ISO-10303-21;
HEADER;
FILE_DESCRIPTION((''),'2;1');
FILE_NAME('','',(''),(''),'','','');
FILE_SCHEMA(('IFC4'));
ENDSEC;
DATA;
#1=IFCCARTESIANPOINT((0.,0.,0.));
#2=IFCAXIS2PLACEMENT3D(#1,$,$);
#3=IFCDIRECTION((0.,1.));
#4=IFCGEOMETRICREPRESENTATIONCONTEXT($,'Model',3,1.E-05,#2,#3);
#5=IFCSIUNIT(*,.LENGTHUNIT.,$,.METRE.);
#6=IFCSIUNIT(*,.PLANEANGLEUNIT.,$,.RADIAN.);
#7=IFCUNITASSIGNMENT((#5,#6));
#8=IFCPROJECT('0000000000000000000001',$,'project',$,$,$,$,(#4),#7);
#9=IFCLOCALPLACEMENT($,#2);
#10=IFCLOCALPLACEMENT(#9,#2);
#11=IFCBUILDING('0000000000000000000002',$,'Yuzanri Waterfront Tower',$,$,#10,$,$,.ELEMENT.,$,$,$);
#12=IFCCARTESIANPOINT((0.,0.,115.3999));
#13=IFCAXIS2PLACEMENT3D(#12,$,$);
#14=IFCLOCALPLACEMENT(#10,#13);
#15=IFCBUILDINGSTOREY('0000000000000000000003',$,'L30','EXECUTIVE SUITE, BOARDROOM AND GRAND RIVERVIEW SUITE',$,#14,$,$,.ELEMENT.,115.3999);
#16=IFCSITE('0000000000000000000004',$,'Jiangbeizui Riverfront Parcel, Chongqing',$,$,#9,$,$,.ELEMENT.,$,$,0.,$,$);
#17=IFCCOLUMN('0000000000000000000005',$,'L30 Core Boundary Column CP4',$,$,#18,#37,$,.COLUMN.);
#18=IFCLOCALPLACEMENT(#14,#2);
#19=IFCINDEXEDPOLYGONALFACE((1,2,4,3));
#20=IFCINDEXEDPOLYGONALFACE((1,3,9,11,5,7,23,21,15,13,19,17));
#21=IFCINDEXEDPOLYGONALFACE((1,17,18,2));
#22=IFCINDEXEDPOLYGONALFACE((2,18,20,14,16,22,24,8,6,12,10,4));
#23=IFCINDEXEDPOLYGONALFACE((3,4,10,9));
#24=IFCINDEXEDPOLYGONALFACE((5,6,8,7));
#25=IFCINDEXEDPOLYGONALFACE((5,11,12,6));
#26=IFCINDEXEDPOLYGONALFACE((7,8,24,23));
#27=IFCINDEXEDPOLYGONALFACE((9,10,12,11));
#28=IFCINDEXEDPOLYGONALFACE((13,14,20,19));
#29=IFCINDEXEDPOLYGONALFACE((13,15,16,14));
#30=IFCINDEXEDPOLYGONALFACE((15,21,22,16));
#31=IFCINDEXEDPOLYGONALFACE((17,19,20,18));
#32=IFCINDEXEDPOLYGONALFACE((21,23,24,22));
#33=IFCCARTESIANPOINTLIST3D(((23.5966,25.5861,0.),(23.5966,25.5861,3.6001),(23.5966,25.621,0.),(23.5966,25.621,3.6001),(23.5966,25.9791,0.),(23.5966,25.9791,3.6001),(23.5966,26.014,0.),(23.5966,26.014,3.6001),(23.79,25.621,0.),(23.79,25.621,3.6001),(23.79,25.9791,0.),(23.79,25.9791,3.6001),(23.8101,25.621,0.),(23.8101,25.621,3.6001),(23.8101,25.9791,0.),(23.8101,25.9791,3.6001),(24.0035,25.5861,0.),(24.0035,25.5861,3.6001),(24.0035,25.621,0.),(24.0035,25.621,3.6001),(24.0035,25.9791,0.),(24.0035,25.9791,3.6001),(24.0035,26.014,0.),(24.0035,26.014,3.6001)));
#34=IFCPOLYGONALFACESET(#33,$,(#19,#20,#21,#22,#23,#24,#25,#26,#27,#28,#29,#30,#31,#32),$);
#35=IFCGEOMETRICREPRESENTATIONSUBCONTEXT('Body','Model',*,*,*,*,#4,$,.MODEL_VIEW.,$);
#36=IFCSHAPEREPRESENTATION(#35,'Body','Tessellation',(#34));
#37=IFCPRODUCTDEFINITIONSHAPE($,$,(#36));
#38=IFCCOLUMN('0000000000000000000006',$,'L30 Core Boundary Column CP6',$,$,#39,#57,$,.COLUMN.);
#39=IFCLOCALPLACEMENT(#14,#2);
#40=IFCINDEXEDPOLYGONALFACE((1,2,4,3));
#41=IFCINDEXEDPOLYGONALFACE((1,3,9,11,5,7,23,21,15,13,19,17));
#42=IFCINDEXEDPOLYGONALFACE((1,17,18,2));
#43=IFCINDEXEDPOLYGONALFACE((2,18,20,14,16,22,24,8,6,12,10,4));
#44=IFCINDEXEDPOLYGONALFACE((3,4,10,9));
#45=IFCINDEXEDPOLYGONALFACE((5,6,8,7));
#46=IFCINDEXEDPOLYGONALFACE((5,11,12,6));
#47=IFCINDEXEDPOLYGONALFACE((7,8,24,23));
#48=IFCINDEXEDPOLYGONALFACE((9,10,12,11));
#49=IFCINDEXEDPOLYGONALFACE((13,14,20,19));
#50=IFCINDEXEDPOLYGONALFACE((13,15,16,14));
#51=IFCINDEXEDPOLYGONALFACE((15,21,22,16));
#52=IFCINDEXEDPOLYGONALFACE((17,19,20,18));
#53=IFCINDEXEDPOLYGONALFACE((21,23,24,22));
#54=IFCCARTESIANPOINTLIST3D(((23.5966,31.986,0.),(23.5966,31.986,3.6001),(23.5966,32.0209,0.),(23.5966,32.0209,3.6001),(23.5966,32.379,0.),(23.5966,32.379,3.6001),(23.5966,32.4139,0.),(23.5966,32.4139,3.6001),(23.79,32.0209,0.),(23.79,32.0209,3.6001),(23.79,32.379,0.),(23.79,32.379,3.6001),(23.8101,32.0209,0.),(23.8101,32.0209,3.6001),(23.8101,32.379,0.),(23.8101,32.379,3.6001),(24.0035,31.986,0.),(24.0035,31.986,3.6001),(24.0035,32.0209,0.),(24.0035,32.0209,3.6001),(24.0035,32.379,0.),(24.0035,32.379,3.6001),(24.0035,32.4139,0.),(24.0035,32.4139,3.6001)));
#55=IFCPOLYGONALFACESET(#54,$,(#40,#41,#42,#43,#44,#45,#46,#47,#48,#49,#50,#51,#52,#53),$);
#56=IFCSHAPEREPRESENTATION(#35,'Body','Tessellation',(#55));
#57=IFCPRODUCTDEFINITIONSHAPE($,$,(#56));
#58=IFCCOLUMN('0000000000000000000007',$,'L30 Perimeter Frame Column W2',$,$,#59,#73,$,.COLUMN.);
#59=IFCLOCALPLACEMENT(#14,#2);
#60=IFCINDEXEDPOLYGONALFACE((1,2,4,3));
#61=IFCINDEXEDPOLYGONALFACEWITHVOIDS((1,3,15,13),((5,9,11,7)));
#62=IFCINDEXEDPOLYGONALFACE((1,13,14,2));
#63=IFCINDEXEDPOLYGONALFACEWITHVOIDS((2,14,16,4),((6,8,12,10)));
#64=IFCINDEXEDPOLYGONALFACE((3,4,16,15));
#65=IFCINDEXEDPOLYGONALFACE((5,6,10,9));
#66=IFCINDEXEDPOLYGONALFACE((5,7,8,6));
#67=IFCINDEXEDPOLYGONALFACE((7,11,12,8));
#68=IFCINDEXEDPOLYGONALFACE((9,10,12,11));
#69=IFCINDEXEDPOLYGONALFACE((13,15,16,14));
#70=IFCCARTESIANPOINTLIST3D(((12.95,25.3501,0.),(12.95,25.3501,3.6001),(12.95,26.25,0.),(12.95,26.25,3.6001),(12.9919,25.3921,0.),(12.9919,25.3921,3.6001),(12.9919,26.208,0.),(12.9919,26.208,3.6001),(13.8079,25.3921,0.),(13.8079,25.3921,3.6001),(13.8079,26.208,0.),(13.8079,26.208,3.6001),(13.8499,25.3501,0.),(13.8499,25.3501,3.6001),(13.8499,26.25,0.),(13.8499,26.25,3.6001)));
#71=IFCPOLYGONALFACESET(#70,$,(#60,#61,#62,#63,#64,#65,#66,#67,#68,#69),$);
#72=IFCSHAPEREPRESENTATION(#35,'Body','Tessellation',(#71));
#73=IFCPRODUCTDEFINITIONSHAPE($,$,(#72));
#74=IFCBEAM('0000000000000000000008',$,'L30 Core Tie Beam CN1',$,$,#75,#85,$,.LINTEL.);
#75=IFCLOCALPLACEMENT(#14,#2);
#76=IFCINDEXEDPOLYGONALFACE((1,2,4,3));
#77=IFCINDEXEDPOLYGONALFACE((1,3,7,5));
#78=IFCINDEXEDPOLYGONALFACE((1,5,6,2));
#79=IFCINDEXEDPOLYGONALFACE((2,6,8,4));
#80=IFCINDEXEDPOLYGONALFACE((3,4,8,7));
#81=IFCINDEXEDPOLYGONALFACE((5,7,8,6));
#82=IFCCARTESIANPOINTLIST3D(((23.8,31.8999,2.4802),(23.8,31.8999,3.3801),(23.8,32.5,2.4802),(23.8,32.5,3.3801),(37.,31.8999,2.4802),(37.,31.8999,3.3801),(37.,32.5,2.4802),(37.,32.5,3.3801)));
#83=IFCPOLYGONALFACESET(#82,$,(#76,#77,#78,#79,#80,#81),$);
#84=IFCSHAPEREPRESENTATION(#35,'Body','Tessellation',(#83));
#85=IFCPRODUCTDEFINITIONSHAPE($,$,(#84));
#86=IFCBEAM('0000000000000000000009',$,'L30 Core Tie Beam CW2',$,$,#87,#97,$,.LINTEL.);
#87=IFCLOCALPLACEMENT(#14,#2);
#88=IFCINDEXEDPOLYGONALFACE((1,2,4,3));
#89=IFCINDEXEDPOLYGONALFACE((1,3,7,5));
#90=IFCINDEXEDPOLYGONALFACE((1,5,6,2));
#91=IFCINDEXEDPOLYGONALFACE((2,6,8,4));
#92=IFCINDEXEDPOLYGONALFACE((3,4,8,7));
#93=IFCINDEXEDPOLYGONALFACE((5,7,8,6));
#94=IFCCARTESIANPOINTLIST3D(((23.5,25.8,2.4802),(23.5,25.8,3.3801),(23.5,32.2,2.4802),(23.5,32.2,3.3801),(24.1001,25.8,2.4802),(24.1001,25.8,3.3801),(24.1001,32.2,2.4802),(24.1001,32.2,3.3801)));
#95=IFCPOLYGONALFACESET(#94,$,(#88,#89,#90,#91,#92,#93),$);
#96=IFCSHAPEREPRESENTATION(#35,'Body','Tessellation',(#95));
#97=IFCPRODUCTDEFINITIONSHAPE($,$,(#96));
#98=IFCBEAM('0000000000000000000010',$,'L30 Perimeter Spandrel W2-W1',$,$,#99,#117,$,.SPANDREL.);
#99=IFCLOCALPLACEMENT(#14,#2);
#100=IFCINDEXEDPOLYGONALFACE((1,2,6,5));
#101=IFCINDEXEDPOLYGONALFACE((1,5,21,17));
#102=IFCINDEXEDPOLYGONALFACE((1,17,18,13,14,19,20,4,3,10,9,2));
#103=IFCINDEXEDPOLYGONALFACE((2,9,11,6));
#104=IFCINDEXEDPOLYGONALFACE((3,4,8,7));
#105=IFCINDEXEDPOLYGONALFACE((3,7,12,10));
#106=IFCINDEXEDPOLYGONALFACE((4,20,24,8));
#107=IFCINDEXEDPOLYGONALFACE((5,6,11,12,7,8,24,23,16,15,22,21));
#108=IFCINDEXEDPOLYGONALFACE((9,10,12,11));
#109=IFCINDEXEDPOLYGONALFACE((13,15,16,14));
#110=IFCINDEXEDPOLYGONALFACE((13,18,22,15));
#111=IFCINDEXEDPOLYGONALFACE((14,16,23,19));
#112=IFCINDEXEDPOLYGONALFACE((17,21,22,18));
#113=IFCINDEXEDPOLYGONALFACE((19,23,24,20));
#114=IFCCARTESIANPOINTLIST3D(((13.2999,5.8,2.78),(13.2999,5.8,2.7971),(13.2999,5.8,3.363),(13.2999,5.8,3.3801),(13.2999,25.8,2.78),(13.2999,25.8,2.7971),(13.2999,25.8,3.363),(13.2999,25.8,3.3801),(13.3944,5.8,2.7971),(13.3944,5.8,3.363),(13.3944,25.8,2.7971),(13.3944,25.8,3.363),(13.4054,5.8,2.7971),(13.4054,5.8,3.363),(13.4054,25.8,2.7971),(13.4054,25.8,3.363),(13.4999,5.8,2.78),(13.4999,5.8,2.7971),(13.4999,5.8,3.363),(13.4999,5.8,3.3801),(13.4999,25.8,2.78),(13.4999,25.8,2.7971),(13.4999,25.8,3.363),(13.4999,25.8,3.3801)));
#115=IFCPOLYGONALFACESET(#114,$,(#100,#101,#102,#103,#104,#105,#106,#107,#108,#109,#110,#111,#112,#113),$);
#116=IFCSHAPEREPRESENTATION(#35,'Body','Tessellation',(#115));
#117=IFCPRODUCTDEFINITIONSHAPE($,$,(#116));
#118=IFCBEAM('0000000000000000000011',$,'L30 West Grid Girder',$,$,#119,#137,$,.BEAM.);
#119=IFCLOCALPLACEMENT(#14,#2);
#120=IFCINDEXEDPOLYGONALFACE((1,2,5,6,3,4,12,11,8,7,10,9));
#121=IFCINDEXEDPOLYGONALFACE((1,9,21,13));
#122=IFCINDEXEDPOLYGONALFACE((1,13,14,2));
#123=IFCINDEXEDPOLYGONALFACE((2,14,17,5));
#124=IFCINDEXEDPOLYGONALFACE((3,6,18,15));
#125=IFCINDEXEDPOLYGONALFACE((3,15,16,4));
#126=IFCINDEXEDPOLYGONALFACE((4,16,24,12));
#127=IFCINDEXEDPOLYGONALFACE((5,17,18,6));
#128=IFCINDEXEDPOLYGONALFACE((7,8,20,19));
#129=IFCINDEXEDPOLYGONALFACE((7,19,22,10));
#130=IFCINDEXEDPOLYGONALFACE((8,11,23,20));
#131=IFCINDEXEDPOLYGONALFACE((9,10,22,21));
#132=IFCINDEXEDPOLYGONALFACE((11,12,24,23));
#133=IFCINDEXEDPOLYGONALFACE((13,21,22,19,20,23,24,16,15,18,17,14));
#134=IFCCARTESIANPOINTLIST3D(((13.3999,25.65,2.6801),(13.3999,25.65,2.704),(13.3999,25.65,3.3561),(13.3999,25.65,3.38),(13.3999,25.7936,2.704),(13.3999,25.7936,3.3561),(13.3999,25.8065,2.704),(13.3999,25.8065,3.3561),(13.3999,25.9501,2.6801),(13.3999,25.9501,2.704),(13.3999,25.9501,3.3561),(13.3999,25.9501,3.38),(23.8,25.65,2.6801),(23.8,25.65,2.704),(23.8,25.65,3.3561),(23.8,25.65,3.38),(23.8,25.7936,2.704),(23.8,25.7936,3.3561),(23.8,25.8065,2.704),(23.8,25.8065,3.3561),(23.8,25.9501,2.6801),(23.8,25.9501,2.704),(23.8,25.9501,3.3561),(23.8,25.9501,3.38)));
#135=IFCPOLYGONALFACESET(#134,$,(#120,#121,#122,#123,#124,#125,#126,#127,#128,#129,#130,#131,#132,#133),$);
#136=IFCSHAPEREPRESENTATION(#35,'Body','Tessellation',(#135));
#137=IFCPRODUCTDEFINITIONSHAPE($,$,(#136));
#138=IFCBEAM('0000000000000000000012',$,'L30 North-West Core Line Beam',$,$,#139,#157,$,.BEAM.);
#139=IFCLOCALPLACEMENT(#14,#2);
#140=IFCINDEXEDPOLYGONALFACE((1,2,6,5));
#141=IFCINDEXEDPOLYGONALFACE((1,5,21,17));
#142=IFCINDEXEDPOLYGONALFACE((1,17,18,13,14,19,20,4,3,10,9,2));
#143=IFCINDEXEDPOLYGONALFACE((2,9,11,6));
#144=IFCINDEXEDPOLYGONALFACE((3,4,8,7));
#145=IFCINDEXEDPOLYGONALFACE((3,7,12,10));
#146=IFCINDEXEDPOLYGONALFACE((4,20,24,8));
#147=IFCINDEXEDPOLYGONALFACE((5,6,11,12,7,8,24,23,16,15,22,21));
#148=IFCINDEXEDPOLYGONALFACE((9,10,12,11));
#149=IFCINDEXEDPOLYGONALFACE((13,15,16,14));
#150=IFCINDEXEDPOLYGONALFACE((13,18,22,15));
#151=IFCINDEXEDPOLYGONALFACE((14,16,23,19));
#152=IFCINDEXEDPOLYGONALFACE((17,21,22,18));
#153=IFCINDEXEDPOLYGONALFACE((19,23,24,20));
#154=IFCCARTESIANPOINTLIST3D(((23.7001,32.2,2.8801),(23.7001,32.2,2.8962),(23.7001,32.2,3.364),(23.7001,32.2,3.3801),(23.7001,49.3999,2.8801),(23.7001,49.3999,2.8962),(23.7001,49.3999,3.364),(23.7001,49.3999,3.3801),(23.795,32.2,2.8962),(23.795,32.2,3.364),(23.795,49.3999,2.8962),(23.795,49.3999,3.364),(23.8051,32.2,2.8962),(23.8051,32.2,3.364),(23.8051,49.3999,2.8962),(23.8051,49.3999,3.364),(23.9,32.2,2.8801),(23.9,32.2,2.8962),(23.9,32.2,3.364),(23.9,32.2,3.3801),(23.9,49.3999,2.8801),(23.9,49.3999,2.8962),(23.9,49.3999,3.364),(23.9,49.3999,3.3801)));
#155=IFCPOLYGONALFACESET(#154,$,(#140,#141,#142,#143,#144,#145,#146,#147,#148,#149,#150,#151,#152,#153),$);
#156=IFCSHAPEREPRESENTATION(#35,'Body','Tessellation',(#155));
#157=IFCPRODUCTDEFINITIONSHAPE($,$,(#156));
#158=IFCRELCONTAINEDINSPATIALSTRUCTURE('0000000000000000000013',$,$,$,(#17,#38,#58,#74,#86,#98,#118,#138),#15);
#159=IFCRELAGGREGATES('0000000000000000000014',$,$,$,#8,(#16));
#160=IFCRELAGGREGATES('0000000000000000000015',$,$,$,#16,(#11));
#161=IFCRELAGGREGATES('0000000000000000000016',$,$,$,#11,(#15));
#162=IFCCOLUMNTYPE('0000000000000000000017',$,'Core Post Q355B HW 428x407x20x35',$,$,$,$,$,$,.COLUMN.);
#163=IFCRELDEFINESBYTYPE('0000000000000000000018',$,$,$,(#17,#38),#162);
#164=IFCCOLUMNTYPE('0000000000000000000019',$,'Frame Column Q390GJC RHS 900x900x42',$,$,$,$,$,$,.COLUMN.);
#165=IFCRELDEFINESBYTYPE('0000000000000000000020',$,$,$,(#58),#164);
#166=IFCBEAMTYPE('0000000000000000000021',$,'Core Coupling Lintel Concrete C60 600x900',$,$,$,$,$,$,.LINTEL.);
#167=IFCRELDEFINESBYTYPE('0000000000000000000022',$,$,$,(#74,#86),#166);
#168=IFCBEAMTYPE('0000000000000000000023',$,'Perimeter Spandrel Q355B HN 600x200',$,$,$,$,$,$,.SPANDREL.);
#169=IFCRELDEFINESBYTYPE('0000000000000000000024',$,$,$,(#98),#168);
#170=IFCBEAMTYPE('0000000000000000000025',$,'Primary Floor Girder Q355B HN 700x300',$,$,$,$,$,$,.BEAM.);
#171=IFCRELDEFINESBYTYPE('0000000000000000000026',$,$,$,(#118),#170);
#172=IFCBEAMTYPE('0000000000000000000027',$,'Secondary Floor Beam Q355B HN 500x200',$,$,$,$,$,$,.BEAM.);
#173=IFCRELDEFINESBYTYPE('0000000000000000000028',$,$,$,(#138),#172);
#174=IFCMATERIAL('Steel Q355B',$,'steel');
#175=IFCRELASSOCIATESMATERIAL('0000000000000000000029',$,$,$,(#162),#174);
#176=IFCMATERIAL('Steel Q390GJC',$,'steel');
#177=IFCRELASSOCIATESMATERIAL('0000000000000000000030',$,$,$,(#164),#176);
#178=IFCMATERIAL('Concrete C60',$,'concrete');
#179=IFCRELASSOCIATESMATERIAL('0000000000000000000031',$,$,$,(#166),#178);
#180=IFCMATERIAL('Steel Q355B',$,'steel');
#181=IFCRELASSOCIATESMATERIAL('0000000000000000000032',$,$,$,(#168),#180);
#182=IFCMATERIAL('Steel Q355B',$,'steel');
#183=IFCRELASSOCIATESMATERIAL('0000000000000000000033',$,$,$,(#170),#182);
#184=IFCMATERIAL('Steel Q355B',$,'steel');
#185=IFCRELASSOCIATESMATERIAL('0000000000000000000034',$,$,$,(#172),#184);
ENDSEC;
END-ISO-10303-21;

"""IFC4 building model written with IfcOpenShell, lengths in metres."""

from ifc_helpers import new_model, si_unit, direction, frame, origin, origin_2d, place, context, subcontext, project, spatial, rectangle, hollow_rectangle, i_section, extrude, source, transform, mapped, material, material_profile, profile_set, type_object, element, save


model = new_model("IFC4")

# Units and contexts
model_context = context("Model", 3, precision=1e-05, world=origin(), true_north=direction((0.0, 1.0)))
body_context = subcontext(model_context, "Body", "Model", "MODEL_VIEW")
ifc_project = project(units=[si_unit("LENGTHUNIT", "METRE"), si_unit("PLANEANGLEUNIT", "RADIAN")], contexts=[model_context])

# Site, building, storey
site_placement = place(None, origin())
site = spatial("IfcSite", under=ifc_project, at=site_placement, Name="Jiangbeizui Riverfront Parcel, Chongqing", CompositionType="ELEMENT", RefElevation=0.0)
building_placement = place(site_placement, origin())
building = spatial("IfcBuilding", under=site, at=building_placement, Name="Yuzanri Waterfront Tower", CompositionType="ELEMENT")
storey_placement = place(building_placement, frame((0.0, 0.0, 115.3999)))
storey = spatial("IfcBuildingStorey", under=building, at=storey_placement, Name="L30", Description="EXECUTIVE SUITE, BOARDROOM AND GRAND RIVERVIEW SUITE", CompositionType="ELEMENT", Elevation=115.3999)

# Columns
ifc_material_1 = material(Name="Steel Q355B", Category="steel")
ifc_material_profile_1 = material_profile(ifc_material_1, i_section(OverallWidth=0.407, OverallDepth=0.428, WebThickness=0.02, FlangeThickness=0.0349, at=origin_2d()), Name="HW 428x407x20x35")
ifc_profile_set_1 = profile_set([ifc_material_profile_1], Name="Steel Q355B")
column_type_1 = type_object("IfcColumnType", Name="Core Post Q355B HW 428x407x20x35", PredefinedType="COLUMN", material=ifc_profile_set_1)
shared_shape_1 = source(origin(), body_context, "Body", "SweptSolid", [
    extrude(i_section(OverallWidth=0.407, OverallDepth=0.428, WebThickness=0.02, FlangeThickness=0.0349, at=origin_2d()), origin(), (0.0, 0.0, 1.0), 3.6001),
])
for number, where, z_axis, x_axis, name in (
    (1, (23.8, 25.8, 0.0), (0.0, 0.0, 1.0), (1.0, 0.0, 0.0), "L30 Core Boundary Column CP4"),
    (2, (23.8, 32.2, 0.0), (0.0, 0.0, 1.0), (1.0, 0.0, 0.0), "L30 Core Boundary Column CP6"),
):
    element("IfcColumn", number, at=place(storey_placement, frame(where, z_axis=z_axis, x_axis=x_axis)), inside=storey, type_object=column_type_1, Name=name, PredefinedType="COLUMN", context=body_context, shape_type="MappedRepresentation", body=[
        mapped(shared_shape_1, transform((0.0, 0.0, 0.0), scale=1.0)),
    ])
ifc_material_2 = material(Name="Steel Q390GJC", Category="steel")
ifc_material_profile_2 = material_profile(ifc_material_2, hollow_rectangle(XDim=0.8999, YDim=0.8999, WallThickness=0.042, at=origin_2d()), Name="RHS 900x900x42")
ifc_profile_set_2 = profile_set([ifc_material_profile_2], Name="Steel Q390GJC")
column_type_2 = type_object("IfcColumnType", Name="Frame Column Q390GJC RHS 900x900x42", PredefinedType="COLUMN", material=ifc_profile_set_2)
shared_shape_2 = source(origin(), body_context, "Body", "SweptSolid", [
    extrude(hollow_rectangle(XDim=0.8999, YDim=0.8999, WallThickness=0.042, at=origin_2d()), origin(), (0.0, 0.0, 1.0), 3.6001),
])
column_placement = place(storey_placement, frame((13.3999, 25.8, 0.0), z_axis=(0.0, 0.0, 1.0), x_axis=(1.0, 0.0, 0.0)))
element("IfcColumn", 3, at=column_placement, inside=storey, type_object=column_type_2, Name="L30 Perimeter Frame Column W2", PredefinedType="COLUMN", context=body_context, shape_type="MappedRepresentation", body=[
    mapped(shared_shape_2, transform((0.0, 0.0, 0.0), scale=1.0)),
])

# Beams
ifc_material_3 = material(Name="Concrete C60", Category="concrete")
ifc_material_profile_3 = material_profile(ifc_material_3, rectangle(XDim=0.6001, YDim=0.8999, at=origin_2d()), Name="RC 600x900")
ifc_profile_set_3 = profile_set([ifc_material_profile_3], Name="Concrete C60")
beam_type_1 = type_object("IfcBeamType", Name="Core Coupling Lintel Concrete C60 600x900", PredefinedType="LINTEL", material=ifc_profile_set_3)
shared_shape_3 = source(origin(), body_context, "Body", "SweptSolid", [
    extrude(rectangle(XDim=0.6001, YDim=0.8999, at=origin_2d()), origin(), (0.0, 0.0, 1.0), 13.2),
])
beam_1_placement = place(storey_placement, frame((23.8, 32.2, 2.9302), z_axis=(1.0, 0.0, 0.0), x_axis=(0.0, 1.0, 0.0)))
element("IfcBeam", 4, at=beam_1_placement, inside=storey, type_object=beam_type_1, Name="L30 Core Tie Beam CN1", PredefinedType="LINTEL", context=body_context, shape_type="MappedRepresentation", body=[
    mapped(shared_shape_3, transform((0.0, 0.0, 0.0), scale=1.0)),
])
shared_shape_4 = source(origin(), body_context, "Body", "SweptSolid", [
    extrude(rectangle(XDim=0.6001, YDim=0.8999, at=origin_2d()), origin(), (0.0, 0.0, 1.0), 6.3999),
])
beam_2_placement = place(storey_placement, frame((23.8, 25.8, 2.9302), z_axis=(0.0, 1.0, 0.0), x_axis=(-1.0, 0.0, 0.0)))
element("IfcBeam", 5, at=beam_2_placement, inside=storey, type_object=beam_type_1, Name="L30 Core Tie Beam CW2", PredefinedType="LINTEL", context=body_context, shape_type="MappedRepresentation", body=[
    mapped(shared_shape_4, transform((0.0, 0.0, 0.0), scale=1.0)),
])
ifc_material_4 = material(Name="Steel Q355B", Category="steel")
ifc_material_profile_4 = material_profile(ifc_material_4, i_section(OverallWidth=0.2, OverallDepth=0.6001, WebThickness=0.011, FlangeThickness=0.0171, at=origin_2d()), Name="HN 600x200x11x17")
ifc_profile_set_4 = profile_set([ifc_material_profile_4], Name="Steel Q355B")
beam_type_2 = type_object("IfcBeamType", Name="Perimeter Spandrel Q355B HN 600x200", PredefinedType="SPANDREL", material=ifc_profile_set_4)
shared_shape_5 = source(origin(), body_context, "Body", "SweptSolid", [
    extrude(i_section(OverallWidth=0.2, OverallDepth=0.6001, WebThickness=0.011, FlangeThickness=0.0171, at=origin_2d()), origin(), (0.0, 0.0, 1.0), 20.0),
])
beam_3_placement = place(storey_placement, frame((13.3999, 25.8, 3.0801), z_axis=(0.0, -1.0, 0.0), x_axis=(1.0, 0.0, 0.0)))
element("IfcBeam", 6, at=beam_3_placement, inside=storey, type_object=beam_type_2, Name="L30 Perimeter Spandrel W2-W1", PredefinedType="SPANDREL", context=body_context, shape_type="MappedRepresentation", body=[
    mapped(shared_shape_5, transform((0.0, 0.0, 0.0), scale=1.0)),
])
ifc_material_5 = material(Name="Steel Q355B", Category="steel")
ifc_material_profile_5 = material_profile(ifc_material_5, i_section(OverallWidth=0.3, OverallDepth=0.7, WebThickness=0.0129, FlangeThickness=0.0239, at=origin_2d()), Name="HN 700x300x13x24")
ifc_profile_set_5 = profile_set([ifc_material_profile_5], Name="Steel Q355B")
beam_type_3 = type_object("IfcBeamType", Name="Primary Floor Girder Q355B HN 700x300", PredefinedType="BEAM", material=ifc_profile_set_5)
shared_shape_6 = source(origin(), body_context, "Body", "SweptSolid", [
    extrude(i_section(OverallWidth=0.3, OverallDepth=0.7, WebThickness=0.0129, FlangeThickness=0.0239, at=origin_2d()), origin(), (0.0, 0.0, 1.0), 10.4001),
])
beam_4_placement = place(storey_placement, frame((23.8, 25.8, 3.03), z_axis=(-1.0, 0.0, 0.0), x_axis=(0.0, -1.0, 0.0)))
element("IfcBeam", 7, at=beam_4_placement, inside=storey, type_object=beam_type_3, Name="L30 West Grid Girder", PredefinedType="BEAM", context=body_context, shape_type="MappedRepresentation", body=[
    mapped(shared_shape_6, transform((0.0, 0.0, 0.0), scale=1.0)),
])
ifc_material_6 = material(Name="Steel Q355B", Category="steel")
ifc_material_profile_6 = material_profile(ifc_material_6, i_section(OverallWidth=0.2, OverallDepth=0.5, WebThickness=0.01, FlangeThickness=0.0161, at=origin_2d()), Name="HN 500x200x10x16")
ifc_profile_set_6 = profile_set([ifc_material_profile_6], Name="Steel Q355B")
beam_type_4 = type_object("IfcBeamType", Name="Secondary Floor Beam Q355B HN 500x200", PredefinedType="BEAM", material=ifc_profile_set_6)
shared_shape_7 = source(origin(), body_context, "Body", "SweptSolid", [
    extrude(i_section(OverallWidth=0.2, OverallDepth=0.5, WebThickness=0.01, FlangeThickness=0.0161, at=origin_2d()), origin(), (0.0, 0.0, 1.0), 17.2),
])
beam_5_placement = place(storey_placement, frame((23.8, 32.2, 3.1301), z_axis=(0.0, 1.0, 0.0), x_axis=(-1.0, 0.0, 0.0)))
element("IfcBeam", 8, at=beam_5_placement, inside=storey, type_object=beam_type_4, Name="L30 North-West Core Line Beam", PredefinedType="BEAM", context=body_context, shape_type="MappedRepresentation", body=[
    mapped(shared_shape_7, transform((0.0, 0.0, 0.0), scale=1.0)),
])

save(model, "model.ifc")
